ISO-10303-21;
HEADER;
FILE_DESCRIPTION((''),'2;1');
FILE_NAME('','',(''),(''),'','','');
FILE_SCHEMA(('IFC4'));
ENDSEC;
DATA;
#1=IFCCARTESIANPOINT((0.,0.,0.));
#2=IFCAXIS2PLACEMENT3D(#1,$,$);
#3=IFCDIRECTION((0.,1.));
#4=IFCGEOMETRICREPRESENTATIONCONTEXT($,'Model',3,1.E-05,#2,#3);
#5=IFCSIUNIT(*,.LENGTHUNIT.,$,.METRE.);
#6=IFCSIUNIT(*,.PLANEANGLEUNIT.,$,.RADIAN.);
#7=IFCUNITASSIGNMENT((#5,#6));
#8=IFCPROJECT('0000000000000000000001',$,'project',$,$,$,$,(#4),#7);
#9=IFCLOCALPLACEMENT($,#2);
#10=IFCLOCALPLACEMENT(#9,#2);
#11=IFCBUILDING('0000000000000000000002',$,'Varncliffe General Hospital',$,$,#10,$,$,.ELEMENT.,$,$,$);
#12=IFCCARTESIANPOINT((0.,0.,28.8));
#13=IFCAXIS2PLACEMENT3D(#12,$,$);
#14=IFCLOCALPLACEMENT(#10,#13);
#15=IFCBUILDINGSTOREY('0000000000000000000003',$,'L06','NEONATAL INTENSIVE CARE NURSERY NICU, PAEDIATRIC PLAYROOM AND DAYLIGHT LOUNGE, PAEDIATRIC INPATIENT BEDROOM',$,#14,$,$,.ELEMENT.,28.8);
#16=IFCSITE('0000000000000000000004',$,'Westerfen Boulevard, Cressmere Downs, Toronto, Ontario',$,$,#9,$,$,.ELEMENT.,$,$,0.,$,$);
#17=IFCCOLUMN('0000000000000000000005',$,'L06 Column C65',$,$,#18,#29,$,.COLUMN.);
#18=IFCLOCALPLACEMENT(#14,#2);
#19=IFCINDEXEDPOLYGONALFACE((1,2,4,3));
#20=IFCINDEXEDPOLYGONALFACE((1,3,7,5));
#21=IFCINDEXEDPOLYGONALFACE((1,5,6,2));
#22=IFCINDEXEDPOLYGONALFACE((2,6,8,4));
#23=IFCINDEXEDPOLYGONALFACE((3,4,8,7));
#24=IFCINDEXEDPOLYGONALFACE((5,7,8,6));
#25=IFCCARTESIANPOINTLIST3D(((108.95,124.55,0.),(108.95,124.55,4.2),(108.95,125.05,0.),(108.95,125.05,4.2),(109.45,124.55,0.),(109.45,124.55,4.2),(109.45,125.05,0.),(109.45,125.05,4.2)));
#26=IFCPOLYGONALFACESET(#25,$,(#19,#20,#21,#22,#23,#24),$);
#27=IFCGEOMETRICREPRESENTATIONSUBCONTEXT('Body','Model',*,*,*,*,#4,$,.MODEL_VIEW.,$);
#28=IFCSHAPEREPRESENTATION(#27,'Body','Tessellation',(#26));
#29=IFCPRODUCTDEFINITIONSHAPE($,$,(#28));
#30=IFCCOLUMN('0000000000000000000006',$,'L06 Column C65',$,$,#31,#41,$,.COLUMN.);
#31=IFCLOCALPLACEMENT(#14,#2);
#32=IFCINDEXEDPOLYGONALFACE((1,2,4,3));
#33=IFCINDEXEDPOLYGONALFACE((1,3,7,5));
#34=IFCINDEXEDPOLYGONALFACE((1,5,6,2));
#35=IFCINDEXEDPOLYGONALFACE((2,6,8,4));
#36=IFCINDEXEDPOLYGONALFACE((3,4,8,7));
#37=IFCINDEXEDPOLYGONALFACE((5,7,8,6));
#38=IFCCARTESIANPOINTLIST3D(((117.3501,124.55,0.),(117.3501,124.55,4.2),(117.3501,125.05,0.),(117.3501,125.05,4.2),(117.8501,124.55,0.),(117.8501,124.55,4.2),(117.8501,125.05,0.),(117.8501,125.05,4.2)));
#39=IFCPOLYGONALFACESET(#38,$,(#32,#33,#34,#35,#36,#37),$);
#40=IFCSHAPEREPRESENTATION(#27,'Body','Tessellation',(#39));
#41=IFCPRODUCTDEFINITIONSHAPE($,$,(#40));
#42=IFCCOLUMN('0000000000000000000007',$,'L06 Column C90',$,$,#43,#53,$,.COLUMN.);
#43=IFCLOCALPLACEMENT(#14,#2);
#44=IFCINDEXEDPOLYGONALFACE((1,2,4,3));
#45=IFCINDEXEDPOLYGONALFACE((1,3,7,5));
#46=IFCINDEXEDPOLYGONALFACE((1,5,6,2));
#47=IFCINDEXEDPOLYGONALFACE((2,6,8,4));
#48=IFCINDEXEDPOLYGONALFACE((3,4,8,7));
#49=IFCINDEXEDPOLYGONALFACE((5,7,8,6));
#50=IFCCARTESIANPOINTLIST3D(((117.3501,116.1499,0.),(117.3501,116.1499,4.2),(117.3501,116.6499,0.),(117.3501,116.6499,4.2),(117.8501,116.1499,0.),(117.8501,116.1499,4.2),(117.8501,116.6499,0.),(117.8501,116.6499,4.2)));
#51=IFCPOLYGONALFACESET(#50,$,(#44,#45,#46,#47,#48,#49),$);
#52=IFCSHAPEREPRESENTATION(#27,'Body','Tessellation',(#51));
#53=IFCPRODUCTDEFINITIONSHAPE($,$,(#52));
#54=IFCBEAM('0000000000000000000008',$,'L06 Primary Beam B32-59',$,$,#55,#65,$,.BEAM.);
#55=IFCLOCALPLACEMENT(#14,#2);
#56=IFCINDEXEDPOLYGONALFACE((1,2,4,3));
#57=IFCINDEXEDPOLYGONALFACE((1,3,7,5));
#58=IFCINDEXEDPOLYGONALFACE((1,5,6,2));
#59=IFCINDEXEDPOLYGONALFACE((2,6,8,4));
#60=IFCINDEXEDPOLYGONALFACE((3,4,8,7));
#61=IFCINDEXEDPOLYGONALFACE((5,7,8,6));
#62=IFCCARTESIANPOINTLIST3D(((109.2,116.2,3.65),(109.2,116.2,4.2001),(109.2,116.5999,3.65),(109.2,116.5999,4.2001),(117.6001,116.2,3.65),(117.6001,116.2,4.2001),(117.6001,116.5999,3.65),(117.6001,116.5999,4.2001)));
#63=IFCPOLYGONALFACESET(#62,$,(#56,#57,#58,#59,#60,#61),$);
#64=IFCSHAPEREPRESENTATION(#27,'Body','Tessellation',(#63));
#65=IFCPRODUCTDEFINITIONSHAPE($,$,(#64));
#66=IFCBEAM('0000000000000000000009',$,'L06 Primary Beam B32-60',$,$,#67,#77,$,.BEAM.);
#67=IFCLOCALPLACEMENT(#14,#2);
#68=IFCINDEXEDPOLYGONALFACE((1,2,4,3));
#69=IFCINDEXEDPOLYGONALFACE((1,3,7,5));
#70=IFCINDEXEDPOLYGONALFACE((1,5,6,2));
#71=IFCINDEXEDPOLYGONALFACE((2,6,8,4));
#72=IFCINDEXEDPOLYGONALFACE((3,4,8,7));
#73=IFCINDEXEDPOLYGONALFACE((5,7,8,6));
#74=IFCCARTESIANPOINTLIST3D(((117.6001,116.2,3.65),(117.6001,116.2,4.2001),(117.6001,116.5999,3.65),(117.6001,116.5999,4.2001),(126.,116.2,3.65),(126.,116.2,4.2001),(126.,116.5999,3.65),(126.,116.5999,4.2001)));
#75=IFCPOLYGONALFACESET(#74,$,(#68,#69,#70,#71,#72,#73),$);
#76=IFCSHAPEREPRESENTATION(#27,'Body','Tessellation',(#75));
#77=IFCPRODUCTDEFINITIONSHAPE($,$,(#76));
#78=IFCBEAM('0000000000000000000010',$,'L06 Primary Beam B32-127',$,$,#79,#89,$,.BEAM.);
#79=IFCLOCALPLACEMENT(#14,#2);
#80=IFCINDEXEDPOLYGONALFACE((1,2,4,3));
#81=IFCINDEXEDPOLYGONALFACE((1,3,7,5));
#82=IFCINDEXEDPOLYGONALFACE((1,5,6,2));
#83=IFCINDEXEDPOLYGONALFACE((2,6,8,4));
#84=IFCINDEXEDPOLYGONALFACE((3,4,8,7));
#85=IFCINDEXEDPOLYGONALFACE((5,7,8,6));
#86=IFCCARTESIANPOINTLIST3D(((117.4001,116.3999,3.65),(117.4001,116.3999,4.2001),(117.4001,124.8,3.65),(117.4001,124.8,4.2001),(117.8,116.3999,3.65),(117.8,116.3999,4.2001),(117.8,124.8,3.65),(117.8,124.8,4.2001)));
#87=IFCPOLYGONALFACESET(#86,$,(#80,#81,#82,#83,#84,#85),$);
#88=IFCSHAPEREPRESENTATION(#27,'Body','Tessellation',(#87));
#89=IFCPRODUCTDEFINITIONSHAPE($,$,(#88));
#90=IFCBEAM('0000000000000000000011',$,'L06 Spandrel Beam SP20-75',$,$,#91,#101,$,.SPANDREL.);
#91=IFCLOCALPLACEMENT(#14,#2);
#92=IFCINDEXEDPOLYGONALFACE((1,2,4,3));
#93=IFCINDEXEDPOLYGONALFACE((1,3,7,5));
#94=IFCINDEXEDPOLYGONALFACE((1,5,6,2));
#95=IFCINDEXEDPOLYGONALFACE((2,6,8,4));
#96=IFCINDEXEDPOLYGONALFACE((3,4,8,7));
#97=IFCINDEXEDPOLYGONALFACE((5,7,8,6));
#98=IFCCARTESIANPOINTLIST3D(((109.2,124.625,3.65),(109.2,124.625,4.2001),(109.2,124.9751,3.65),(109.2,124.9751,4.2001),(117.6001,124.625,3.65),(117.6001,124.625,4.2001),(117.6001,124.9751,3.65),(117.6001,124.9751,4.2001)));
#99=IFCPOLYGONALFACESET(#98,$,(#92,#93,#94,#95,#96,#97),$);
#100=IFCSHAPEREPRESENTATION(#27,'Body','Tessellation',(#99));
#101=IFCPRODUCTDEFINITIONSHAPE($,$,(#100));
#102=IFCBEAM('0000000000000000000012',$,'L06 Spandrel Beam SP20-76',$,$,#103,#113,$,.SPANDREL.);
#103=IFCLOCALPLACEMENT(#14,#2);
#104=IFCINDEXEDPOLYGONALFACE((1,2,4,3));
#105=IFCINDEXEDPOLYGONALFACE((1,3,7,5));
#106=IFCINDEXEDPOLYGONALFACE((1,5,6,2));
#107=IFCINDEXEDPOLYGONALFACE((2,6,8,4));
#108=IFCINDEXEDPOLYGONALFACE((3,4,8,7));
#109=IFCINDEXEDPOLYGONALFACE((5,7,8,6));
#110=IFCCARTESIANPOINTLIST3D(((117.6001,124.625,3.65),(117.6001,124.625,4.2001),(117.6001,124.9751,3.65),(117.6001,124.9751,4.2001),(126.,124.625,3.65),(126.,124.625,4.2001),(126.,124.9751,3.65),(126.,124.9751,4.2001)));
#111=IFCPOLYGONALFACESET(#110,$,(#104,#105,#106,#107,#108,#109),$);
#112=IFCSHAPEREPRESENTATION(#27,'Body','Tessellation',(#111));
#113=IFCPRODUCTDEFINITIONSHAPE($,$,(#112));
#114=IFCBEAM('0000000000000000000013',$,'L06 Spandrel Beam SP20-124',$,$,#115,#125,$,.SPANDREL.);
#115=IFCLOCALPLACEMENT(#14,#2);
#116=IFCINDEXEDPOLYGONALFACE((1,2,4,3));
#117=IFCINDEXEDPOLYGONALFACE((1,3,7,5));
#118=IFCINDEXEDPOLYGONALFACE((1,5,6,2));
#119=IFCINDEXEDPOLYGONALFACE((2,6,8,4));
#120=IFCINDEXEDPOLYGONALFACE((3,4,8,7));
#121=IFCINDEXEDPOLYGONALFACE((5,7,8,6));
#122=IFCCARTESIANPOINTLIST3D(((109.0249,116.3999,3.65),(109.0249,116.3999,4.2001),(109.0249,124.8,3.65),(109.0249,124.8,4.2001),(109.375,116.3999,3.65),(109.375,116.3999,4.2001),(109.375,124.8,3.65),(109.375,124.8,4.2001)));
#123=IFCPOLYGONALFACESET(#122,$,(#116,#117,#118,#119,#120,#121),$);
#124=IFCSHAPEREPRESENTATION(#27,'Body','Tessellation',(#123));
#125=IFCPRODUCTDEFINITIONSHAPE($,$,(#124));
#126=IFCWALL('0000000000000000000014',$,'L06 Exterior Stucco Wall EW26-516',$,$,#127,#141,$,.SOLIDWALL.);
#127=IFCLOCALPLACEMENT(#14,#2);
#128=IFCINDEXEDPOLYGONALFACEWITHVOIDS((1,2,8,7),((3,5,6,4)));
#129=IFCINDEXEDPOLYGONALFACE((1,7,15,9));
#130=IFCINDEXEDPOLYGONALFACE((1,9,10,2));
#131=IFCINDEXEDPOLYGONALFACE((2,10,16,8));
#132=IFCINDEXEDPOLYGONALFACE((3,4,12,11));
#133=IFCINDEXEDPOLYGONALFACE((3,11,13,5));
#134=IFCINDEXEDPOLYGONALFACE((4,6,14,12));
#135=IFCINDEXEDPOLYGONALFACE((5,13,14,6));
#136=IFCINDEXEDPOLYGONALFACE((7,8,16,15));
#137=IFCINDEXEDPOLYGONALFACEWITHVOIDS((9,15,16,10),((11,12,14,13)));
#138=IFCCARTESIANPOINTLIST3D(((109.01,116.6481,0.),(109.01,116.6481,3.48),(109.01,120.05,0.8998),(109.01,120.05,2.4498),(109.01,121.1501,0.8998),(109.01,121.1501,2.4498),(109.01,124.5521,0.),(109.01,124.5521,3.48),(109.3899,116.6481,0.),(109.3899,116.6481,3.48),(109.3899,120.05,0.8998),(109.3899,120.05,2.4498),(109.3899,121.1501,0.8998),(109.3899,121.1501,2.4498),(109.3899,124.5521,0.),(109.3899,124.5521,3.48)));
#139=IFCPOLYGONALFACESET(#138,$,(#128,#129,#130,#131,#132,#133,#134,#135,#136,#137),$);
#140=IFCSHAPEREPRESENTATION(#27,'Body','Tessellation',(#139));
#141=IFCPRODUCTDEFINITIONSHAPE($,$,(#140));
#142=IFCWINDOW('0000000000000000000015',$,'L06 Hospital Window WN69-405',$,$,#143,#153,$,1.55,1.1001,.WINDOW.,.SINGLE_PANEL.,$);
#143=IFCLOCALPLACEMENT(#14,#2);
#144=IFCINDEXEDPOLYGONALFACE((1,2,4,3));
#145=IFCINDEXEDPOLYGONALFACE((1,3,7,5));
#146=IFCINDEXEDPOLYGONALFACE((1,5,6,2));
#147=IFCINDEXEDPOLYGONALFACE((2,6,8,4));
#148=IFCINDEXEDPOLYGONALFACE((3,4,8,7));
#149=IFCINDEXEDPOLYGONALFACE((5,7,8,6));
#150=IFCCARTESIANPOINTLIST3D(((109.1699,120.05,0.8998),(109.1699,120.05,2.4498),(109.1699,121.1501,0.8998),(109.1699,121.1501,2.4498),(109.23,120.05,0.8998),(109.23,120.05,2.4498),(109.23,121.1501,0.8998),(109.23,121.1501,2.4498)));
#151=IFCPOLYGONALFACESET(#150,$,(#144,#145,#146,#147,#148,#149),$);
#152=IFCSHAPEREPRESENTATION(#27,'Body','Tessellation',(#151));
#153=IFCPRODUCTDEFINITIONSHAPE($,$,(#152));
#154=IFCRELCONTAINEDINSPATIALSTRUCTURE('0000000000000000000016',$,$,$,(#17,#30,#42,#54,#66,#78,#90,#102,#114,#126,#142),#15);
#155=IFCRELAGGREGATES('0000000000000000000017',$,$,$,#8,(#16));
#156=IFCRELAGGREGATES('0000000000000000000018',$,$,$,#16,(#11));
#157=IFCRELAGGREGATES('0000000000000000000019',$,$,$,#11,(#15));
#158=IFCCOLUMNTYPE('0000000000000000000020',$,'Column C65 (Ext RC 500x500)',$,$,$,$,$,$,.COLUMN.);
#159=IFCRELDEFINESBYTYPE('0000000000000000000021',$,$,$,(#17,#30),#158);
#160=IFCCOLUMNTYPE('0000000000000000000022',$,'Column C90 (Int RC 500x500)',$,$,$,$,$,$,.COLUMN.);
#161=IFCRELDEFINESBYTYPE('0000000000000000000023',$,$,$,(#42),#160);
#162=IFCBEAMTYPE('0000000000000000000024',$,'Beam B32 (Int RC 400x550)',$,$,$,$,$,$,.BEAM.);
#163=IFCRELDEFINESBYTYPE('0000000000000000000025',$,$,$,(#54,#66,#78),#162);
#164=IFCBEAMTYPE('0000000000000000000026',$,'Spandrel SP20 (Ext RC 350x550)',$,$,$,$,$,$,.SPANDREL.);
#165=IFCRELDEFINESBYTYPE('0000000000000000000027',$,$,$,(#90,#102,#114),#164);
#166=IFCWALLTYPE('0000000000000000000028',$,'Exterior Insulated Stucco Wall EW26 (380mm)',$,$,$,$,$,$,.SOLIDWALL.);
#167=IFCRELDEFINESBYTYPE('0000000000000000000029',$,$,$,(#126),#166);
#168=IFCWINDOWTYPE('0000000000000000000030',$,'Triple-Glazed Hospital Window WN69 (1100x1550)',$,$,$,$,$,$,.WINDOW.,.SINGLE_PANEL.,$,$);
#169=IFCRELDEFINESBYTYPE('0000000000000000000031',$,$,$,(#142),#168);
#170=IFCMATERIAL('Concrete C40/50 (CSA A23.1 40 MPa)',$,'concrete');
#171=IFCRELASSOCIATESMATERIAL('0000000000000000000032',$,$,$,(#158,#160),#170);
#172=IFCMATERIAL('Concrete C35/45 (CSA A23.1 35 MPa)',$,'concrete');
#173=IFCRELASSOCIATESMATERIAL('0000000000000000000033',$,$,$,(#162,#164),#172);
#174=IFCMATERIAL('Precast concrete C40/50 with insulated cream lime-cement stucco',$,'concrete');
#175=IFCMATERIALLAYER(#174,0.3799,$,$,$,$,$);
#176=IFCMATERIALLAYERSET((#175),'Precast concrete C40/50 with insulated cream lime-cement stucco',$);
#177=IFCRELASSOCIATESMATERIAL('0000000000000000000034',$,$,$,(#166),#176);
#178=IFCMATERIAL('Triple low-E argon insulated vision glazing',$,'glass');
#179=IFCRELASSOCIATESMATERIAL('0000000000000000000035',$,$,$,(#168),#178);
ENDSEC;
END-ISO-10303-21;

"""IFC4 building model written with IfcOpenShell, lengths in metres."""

from ifc_helpers import new_model, si_unit, direction, frame, frame_2d, origin, origin_2d, place, context, subcontext, project, spatial, rectangle, extrude, material, layer, layer_set, material_profile, profile_set, type_object, element, fill, save


model = new_model("IFC4")

# Units and contexts
model_context = context("Model", 3, precision=1e-05, world=origin(), true_north=direction((0.0, 1.0)))
body_context = subcontext(model_context, "Body", "Model", "MODEL_VIEW")
ifc_project = project(units=[si_unit("LENGTHUNIT", "METRE"), si_unit("PLANEANGLEUNIT", "RADIAN")], contexts=[model_context])

# Site, building, storey
site_placement = place(None, origin())
site = spatial("IfcSite", under=ifc_project, at=site_placement, Name="Westerfen Boulevard, Cressmere Downs, Toronto, Ontario", CompositionType="ELEMENT", RefElevation=0.0)
building_placement = place(site_placement, origin())
building = spatial("IfcBuilding", under=site, at=building_placement, Name="Varncliffe General Hospital", CompositionType="ELEMENT")
storey_placement = place(building_placement, frame((0.0, 0.0, 28.8)))
storey = spatial("IfcBuildingStorey", under=building, at=storey_placement, Name="L06", Description="NEONATAL INTENSIVE CARE NURSERY NICU, PAEDIATRIC PLAYROOM AND DAYLIGHT LOUNGE, PAEDIATRIC INPATIENT BEDROOM", CompositionType="ELEMENT", Elevation=28.8)

# Columns
ifc_material_1 = material(Name="Concrete C40/50 (CSA A23.1 40 MPa)", Category="concrete")
ifc_material_profile_1 = material_profile(ifc_material_1, rectangle(XDim=0.5, YDim=0.5, at=origin_2d()), Name="RC 500x500")
ifc_profile_set_1 = profile_set([ifc_material_profile_1], Name="Concrete C40/50 (CSA A23.1 40 MPa)")
column_type_1 = type_object("IfcColumnType", Name="Column C65 (Ext RC 500x500)", PredefinedType="COLUMN", material=ifc_profile_set_1)
for number, where, z_axis, x_axis, name in (
    (1, (109.2, 124.8, 0.0), (0.0, 0.0, 1.0), (1.0, 0.0, 0.0), "L06 Column C65"),
    (2, (117.6001, 124.8, 0.0), (0.0, 0.0, 1.0), (1.0, 0.0, 0.0), "L06 Column C65"),
):
    element("IfcColumn", number, at=place(storey_placement, frame(where, z_axis=z_axis, x_axis=x_axis)), inside=storey, type_object=column_type_1, Name=name, PredefinedType="COLUMN", context=body_context, shape_type="SweptSolid", body=[
        extrude(rectangle(XDim=0.5, YDim=0.5, at=origin_2d()), origin(), (0.0, 0.0, 1.0), 4.2),
    ])
ifc_material_profile_2 = material_profile(ifc_material_1, rectangle(XDim=0.5, YDim=0.5, at=origin_2d()), Name="RC 500x500")
ifc_profile_set_2 = profile_set([ifc_material_profile_2], Name="Concrete C40/50 (CSA A23.1 40 MPa)")
column_type_2 = type_object("IfcColumnType", Name="Column C90 (Int RC 500x500)", PredefinedType="COLUMN", material=ifc_profile_set_2)
column_placement = place(storey_placement, frame((117.6001, 116.3999, 0.0), z_axis=(0.0, 0.0, 1.0), x_axis=(1.0, 0.0, 0.0)))
element("IfcColumn", 3, at=column_placement, inside=storey, type_object=column_type_2, Name="L06 Column C90", PredefinedType="COLUMN", context=body_context, shape_type="SweptSolid", body=[
    extrude(rectangle(XDim=0.5, YDim=0.5, at=origin_2d()), origin(), (0.0, 0.0, 1.0), 4.2),
])

# Beams
ifc_material_2 = material(Name="Concrete C35/45 (CSA A23.1 35 MPa)", Category="concrete")
ifc_material_profile_3 = material_profile(ifc_material_2, rectangle(XDim=0.3999, YDim=0.55, at=origin_2d()), Name="RC 400x550")
ifc_profile_set_3 = profile_set([ifc_material_profile_3], Name="Concrete C35/45 (CSA A23.1 35 MPa)")
beam_type_1 = type_object("IfcBeamType", Name="Beam B32 (Int RC 400x550)", PredefinedType="BEAM", material=ifc_profile_set_3)
beam_1_placement = place(storey_placement, frame((109.2, 116.3999, 3.925), z_axis=(1.0, 0.0, 0.0), x_axis=(0.0, 1.0, 0.0)))
element("IfcBeam", 4, at=beam_1_placement, inside=storey, type_object=beam_type_1, Name="L06 Primary Beam B32-59", PredefinedType="BEAM", context=body_context, shape_type="SweptSolid", body=[
    extrude(rectangle(XDim=0.3999, YDim=0.55, at=origin_2d()), origin(), (0.0, 0.0, 1.0), 8.4001),
])
beam_2_placement = place(storey_placement, frame((117.6001, 116.3999, 3.925), z_axis=(1.0, 0.0, 0.0), x_axis=(0.0, 1.0, 0.0)))
element("IfcBeam", 5, at=beam_2_placement, inside=storey, type_object=beam_type_1, Name="L06 Primary Beam B32-60", PredefinedType="BEAM", context=body_context, shape_type="SweptSolid", body=[
    extrude(rectangle(XDim=0.3999, YDim=0.55, at=origin_2d()), origin(), (0.0, 0.0, 1.0), 8.3999),
])
beam_3_placement = place(storey_placement, frame((117.6001, 116.3999, 3.925), z_axis=(0.0, 1.0, 0.0), x_axis=(-1.0, 0.0, 0.0)))
element("IfcBeam", 6, at=beam_3_placement, inside=storey, type_object=beam_type_1, Name="L06 Primary Beam B32-127", PredefinedType="BEAM", context=body_context, shape_type="SweptSolid", body=[
    extrude(rectangle(XDim=0.3999, YDim=0.55, at=origin_2d()), origin(), (0.0, 0.0, 1.0), 8.4001),
])
ifc_material_profile_4 = material_profile(ifc_material_2, rectangle(XDim=0.3501, YDim=0.55, at=origin_2d()), Name="RC 350x550")
ifc_profile_set_4 = profile_set([ifc_material_profile_4], Name="Concrete C35/45 (CSA A23.1 35 MPa)")
beam_type_2 = type_object("IfcBeamType", Name="Spandrel SP20 (Ext RC 350x550)", PredefinedType="SPANDREL", material=ifc_profile_set_4)
beam_4_placement = place(storey_placement, frame((109.2, 124.8, 3.925), z_axis=(1.0, 0.0, 0.0), x_axis=(0.0, 1.0, 0.0)))
element("IfcBeam", 7, at=beam_4_placement, inside=storey, type_object=beam_type_2, Name="L06 Spandrel Beam SP20-75", PredefinedType="SPANDREL", context=body_context, shape_type="SweptSolid", body=[
    extrude(rectangle(XDim=0.3501, YDim=0.55, at=origin_2d()), origin(), (0.0, 0.0, 1.0), 8.4001),
])
beam_5_placement = place(storey_placement, frame((117.6001, 124.8, 3.925), z_axis=(1.0, 0.0, 0.0), x_axis=(0.0, 1.0, 0.0)))
element("IfcBeam", 8, at=beam_5_placement, inside=storey, type_object=beam_type_2, Name="L06 Spandrel Beam SP20-76", PredefinedType="SPANDREL", context=body_context, shape_type="SweptSolid", body=[
    extrude(rectangle(XDim=0.3501, YDim=0.55, at=origin_2d()), origin(), (0.0, 0.0, 1.0), 8.3999),
])
beam_6_placement = place(storey_placement, frame((109.2, 116.3999, 3.925), z_axis=(0.0, 1.0, 0.0), x_axis=(-1.0, 0.0, 0.0)))
element("IfcBeam", 9, at=beam_6_placement, inside=storey, type_object=beam_type_2, Name="L06 Spandrel Beam SP20-124", PredefinedType="SPANDREL", context=body_context, shape_type="SweptSolid", body=[
    extrude(rectangle(XDim=0.3501, YDim=0.55, at=origin_2d()), origin(), (0.0, 0.0, 1.0), 8.4001),
])

# Wall, opening, window
ifc_material_3 = material(Name="Precast concrete C40/50 with insulated cream lime-cement stucco", Category="concrete")
ifc_layer_1 = layer(ifc_material_3, 0.3799)
ifc_layer_set_1 = layer_set([ifc_layer_1], Name="Precast concrete C40/50 with insulated cream lime-cement stucco")
wall_type_1 = type_object("IfcWallType", Name="Exterior Insulated Stucco Wall EW26 (380mm)", PredefinedType="SOLIDWALL", material=ifc_layer_set_1)
wall_1_placement = place(storey_placement, frame((109.2, 116.6479, 0.0), z_axis=(0.0, 0.0, 1.0), x_axis=(0.0, 1.0, 0.0)))
wall_1 = element("IfcWall", 10, at=wall_1_placement, inside=storey, type_object=wall_type_1, Name="L06 Exterior Stucco Wall EW26-516", PredefinedType="SOLIDWALL", context=body_context, shape_type="SweptSolid", body=[
    extrude(rectangle(XDim=7.9041, YDim=0.3799, at=frame_2d((3.9521, 0.0))), origin(), (0.0, 0.0, 1.0), 3.48),
])
opening_1_placement = place(wall_1_placement, frame((3.4021, 0.0, 0.8999)))
opening_1 = element("IfcOpeningElement", 11, at=opening_1_placement, cuts=wall_1, PredefinedType="OPENING", context=body_context, shape_type="SweptSolid", body=[
    extrude(rectangle(XDim=1.1001, YDim=1.55, at=frame_2d((0.55, 0.7749))), frame((0.0, 0.2, 0.0), z_axis=(0.0, -1.0, 0.0), x_axis=(1.0, 0.0, 0.0)), (0.0, 0.0, 1.0), 0.3999),
])
ifc_material_4 = material(Name="Triple low-E argon insulated vision glazing", Category="glass")
window_type_1 = type_object("IfcWindowType", Name="Triple-Glazed Hospital Window WN69 (1100x1550)", PartitioningType="SINGLE_PANEL", PredefinedType="WINDOW", material=ifc_material_4)
window_1_placement = place(opening_1_placement, origin())
window_1 = element("IfcWindow", 12, at=window_1_placement, inside=storey, type_object=window_type_1, Name="L06 Hospital Window WN69-405", OverallHeight=1.55, OverallWidth=1.1001, PartitioningType="SINGLE_PANEL", PredefinedType="WINDOW", context=body_context, shape_type="SweptSolid", body=[
    extrude(rectangle(XDim=1.1001, YDim=1.55, at=frame_2d((0.55, 0.7749))), frame((0.0, 0.03, 0.0), z_axis=(0.0, -1.0, 0.0), x_axis=(1.0, 0.0, 0.0)), (0.0, 0.0, 1.0), 0.0601),
])
fill(opening_1, window_1)

save(model, "model.ifc")
